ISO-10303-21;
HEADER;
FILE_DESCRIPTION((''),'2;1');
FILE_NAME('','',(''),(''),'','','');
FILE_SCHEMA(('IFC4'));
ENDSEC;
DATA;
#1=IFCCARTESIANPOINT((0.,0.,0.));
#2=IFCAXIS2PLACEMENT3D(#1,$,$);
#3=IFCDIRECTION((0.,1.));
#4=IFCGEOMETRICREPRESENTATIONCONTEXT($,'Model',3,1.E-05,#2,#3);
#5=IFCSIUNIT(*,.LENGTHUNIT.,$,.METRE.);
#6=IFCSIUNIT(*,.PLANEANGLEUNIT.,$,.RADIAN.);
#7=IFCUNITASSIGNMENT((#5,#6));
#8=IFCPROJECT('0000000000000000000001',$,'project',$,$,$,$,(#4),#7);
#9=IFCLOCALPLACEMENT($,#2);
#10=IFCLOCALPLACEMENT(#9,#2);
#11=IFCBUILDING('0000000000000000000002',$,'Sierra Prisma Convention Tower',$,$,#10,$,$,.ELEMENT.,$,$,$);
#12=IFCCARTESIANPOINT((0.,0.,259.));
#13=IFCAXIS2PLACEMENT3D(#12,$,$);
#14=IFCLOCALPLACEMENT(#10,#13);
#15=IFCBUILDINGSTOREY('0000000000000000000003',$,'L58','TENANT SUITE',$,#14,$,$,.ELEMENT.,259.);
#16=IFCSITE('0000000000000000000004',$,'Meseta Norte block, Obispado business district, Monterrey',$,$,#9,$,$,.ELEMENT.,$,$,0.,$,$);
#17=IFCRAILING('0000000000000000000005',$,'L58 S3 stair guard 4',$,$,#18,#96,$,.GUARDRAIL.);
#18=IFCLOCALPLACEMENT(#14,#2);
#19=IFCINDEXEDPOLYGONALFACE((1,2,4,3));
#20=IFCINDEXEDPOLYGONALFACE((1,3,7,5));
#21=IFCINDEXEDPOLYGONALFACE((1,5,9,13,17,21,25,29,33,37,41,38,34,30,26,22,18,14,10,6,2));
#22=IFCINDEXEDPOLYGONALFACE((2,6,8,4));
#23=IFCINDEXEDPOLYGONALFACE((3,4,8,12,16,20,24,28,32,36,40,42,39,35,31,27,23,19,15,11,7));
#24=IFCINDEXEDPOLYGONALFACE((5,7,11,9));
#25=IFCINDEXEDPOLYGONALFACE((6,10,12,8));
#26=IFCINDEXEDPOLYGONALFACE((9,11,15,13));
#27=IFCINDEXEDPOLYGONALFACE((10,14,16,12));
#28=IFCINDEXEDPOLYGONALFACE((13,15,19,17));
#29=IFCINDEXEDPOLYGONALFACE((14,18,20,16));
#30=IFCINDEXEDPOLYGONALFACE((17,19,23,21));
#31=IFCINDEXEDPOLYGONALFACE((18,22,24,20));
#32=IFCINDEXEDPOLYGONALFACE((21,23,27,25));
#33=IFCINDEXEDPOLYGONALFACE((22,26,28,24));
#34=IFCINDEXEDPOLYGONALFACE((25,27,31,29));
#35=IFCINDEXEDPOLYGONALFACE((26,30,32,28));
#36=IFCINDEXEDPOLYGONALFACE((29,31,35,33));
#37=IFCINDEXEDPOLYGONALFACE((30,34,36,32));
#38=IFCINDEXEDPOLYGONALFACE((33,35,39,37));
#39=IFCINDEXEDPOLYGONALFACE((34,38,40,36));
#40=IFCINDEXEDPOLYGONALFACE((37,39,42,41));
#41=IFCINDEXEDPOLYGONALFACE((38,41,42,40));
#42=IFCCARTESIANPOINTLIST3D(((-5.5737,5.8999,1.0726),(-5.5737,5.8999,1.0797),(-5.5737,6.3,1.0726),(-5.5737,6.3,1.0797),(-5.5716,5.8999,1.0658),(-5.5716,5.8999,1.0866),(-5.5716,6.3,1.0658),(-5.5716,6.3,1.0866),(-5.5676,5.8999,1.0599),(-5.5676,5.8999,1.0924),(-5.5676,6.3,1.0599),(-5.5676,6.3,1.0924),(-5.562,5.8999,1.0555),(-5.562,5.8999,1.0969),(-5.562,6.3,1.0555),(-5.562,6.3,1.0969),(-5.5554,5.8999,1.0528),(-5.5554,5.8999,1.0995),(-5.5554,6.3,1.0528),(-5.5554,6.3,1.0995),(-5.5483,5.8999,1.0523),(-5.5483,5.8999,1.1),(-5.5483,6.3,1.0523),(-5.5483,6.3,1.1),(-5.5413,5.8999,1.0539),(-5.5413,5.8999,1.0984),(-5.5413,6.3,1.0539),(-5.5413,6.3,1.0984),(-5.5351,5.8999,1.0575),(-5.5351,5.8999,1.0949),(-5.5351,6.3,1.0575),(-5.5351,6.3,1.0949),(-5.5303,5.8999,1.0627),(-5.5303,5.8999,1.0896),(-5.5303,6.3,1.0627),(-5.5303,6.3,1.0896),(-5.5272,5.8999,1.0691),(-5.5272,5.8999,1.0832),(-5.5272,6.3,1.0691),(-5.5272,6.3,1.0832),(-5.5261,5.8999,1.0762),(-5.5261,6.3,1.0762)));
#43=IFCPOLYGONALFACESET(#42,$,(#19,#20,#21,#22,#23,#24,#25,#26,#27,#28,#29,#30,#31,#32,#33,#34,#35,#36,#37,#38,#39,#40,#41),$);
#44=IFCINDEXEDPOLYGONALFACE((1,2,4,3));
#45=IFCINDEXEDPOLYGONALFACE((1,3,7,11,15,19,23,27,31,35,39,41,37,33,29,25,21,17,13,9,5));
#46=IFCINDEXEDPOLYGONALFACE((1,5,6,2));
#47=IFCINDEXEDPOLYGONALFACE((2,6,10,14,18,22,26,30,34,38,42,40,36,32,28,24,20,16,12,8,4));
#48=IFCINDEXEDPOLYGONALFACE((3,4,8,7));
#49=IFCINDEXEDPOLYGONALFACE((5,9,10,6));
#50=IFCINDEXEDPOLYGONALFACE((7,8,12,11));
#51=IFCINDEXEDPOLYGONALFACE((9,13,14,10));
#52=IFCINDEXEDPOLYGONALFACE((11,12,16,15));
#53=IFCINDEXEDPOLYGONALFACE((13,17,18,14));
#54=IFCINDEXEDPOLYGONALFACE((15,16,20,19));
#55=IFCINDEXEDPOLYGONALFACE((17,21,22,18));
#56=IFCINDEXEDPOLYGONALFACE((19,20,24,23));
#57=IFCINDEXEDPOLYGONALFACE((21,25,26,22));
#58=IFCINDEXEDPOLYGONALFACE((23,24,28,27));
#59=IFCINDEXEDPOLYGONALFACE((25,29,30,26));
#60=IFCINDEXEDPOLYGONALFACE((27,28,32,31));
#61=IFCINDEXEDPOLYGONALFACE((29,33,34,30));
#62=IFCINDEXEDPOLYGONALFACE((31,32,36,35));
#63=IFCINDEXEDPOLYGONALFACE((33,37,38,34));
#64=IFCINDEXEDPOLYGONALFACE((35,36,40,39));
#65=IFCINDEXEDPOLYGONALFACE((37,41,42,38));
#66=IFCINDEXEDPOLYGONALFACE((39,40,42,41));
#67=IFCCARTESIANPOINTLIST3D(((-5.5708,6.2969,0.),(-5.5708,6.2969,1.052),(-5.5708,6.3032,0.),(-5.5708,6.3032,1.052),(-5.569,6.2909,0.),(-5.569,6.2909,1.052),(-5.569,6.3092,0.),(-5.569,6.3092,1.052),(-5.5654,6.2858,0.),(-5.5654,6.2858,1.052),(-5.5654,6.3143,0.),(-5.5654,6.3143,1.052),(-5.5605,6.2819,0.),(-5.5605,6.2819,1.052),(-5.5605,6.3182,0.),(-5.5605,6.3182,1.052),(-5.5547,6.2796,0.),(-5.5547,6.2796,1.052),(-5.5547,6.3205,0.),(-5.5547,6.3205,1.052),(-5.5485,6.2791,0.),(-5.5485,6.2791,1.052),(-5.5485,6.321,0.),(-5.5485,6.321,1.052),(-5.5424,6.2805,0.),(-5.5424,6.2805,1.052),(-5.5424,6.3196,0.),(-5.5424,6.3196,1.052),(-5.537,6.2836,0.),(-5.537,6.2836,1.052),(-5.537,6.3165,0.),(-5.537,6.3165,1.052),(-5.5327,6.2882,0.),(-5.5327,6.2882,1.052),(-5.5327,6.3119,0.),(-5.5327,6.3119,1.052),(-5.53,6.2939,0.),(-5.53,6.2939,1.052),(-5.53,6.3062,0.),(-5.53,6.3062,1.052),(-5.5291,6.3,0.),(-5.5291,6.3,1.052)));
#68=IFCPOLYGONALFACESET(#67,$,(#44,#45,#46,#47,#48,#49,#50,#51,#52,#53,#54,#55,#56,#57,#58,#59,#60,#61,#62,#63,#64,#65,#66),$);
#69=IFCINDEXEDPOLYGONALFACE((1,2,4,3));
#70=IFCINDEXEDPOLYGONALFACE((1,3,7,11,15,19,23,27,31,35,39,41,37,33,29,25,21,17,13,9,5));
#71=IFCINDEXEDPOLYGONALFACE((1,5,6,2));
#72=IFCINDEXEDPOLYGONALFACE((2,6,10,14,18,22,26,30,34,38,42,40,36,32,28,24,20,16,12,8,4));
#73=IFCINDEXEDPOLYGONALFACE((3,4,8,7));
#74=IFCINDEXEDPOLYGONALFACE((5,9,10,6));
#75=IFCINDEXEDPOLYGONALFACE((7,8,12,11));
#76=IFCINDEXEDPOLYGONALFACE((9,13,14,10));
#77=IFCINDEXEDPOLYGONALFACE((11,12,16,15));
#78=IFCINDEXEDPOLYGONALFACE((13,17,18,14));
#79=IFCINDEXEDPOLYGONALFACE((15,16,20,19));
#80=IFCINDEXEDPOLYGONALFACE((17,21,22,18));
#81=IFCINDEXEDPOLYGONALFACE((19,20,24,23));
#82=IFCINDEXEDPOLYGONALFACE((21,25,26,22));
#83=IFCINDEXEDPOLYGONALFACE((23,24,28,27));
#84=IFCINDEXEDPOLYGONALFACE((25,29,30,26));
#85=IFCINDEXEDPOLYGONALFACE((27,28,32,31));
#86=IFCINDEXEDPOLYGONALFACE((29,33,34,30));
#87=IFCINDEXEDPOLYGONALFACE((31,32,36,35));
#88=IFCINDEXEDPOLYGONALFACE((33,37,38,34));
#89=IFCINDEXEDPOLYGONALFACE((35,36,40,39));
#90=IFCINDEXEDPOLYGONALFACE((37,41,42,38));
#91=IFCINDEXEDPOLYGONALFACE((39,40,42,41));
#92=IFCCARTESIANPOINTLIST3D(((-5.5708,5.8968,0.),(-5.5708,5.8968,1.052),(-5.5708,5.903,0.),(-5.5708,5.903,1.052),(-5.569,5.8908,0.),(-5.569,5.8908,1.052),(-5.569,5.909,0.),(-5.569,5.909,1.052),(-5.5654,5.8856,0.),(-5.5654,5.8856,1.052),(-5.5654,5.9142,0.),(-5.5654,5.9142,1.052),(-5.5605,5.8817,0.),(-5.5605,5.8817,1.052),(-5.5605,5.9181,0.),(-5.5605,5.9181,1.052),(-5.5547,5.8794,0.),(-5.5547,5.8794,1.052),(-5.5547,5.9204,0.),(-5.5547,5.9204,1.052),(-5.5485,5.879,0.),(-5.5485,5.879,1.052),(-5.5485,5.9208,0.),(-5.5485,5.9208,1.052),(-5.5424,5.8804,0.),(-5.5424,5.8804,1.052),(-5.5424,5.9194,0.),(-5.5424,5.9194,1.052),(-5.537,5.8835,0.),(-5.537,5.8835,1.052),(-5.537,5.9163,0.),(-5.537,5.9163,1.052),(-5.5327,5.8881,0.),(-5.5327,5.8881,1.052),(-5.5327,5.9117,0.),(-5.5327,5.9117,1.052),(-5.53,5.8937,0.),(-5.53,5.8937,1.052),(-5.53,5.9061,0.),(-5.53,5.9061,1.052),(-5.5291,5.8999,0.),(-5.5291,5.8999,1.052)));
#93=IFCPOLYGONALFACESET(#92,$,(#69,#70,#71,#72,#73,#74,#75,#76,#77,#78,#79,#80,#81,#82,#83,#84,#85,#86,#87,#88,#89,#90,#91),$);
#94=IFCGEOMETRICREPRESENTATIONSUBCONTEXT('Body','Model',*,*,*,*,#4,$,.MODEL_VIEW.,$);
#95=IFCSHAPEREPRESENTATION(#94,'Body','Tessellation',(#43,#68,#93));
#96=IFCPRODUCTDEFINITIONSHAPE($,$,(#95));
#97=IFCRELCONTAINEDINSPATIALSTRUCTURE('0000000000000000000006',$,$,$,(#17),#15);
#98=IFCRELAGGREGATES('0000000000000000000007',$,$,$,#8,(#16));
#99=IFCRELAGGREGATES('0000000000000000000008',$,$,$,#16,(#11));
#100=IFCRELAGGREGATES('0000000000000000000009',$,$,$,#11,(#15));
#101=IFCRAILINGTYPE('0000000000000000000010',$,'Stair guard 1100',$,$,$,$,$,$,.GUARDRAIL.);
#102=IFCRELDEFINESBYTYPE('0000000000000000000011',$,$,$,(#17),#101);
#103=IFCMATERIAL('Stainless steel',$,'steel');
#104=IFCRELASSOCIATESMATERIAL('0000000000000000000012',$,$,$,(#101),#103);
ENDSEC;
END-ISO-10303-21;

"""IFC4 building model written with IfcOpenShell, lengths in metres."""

from ifc_helpers import new_model, si_unit, direction, frame, origin, origin_2d, place, context, subcontext, project, spatial, circle, extrude, material, type_object, element, save


model = new_model("IFC4")

# Units and contexts
model_context = context("Model", 3, precision=1e-05, world=origin(), true_north=direction((0.0, 1.0)))
body_context = subcontext(model_context, "Body", "Model", "MODEL_VIEW")
ifc_project = project(units=[si_unit("LENGTHUNIT", "METRE"), si_unit("PLANEANGLEUNIT", "RADIAN")], contexts=[model_context])

# Site, building, storey
site_placement = place(None, origin())
site = spatial("IfcSite", under=ifc_project, at=site_placement, Name="Meseta Norte block, Obispado business district, Monterrey", CompositionType="ELEMENT", RefElevation=0.0)
building_placement = place(site_placement, origin())
building = spatial("IfcBuilding", under=site, at=building_placement, Name="Sierra Prisma Convention Tower", CompositionType="ELEMENT")
storey_placement = place(building_placement, frame((0.0, 0.0, 259.0)))
storey = spatial("IfcBuildingStorey", under=building, at=storey_placement, Name="L58", Description="TENANT SUITE", CompositionType="ELEMENT", Elevation=259.0)

# Railing
ifc_material_1 = material(Name="Stainless steel", Category="steel")
railing_type_1 = type_object("IfcRailingType", Name="Stair guard 1100", PredefinedType="GUARDRAIL", material=ifc_material_1)
railing_1_placement = place(storey_placement, frame((-5.55, 6.3, 0.0)))
element("IfcRailing", 1, at=railing_1_placement, inside=storey, type_object=railing_type_1, Name="L58 S3 stair guard 4", PredefinedType="GUARDRAIL", context=body_context, shape_type="SweptSolid", body=[
    extrude(circle(Radius=0.0239, at=origin_2d()), frame((0.0, 0.0, 1.0762), z_axis=(0.0, -1.0, 0.0), x_axis=(1.0, 0.0, 0.0)), (0.0, 0.0, 1.0), 0.4001),
    extrude(circle(Radius=0.021, at=origin_2d()), origin(), (0.0, 0.0, 1.0), 1.052),
    extrude(circle(Radius=0.021, at=origin_2d()), frame((0.0, -0.4001, 0.0)), (0.0, 0.0, 1.0), 1.052),
])

save(model, "model.ifc")
